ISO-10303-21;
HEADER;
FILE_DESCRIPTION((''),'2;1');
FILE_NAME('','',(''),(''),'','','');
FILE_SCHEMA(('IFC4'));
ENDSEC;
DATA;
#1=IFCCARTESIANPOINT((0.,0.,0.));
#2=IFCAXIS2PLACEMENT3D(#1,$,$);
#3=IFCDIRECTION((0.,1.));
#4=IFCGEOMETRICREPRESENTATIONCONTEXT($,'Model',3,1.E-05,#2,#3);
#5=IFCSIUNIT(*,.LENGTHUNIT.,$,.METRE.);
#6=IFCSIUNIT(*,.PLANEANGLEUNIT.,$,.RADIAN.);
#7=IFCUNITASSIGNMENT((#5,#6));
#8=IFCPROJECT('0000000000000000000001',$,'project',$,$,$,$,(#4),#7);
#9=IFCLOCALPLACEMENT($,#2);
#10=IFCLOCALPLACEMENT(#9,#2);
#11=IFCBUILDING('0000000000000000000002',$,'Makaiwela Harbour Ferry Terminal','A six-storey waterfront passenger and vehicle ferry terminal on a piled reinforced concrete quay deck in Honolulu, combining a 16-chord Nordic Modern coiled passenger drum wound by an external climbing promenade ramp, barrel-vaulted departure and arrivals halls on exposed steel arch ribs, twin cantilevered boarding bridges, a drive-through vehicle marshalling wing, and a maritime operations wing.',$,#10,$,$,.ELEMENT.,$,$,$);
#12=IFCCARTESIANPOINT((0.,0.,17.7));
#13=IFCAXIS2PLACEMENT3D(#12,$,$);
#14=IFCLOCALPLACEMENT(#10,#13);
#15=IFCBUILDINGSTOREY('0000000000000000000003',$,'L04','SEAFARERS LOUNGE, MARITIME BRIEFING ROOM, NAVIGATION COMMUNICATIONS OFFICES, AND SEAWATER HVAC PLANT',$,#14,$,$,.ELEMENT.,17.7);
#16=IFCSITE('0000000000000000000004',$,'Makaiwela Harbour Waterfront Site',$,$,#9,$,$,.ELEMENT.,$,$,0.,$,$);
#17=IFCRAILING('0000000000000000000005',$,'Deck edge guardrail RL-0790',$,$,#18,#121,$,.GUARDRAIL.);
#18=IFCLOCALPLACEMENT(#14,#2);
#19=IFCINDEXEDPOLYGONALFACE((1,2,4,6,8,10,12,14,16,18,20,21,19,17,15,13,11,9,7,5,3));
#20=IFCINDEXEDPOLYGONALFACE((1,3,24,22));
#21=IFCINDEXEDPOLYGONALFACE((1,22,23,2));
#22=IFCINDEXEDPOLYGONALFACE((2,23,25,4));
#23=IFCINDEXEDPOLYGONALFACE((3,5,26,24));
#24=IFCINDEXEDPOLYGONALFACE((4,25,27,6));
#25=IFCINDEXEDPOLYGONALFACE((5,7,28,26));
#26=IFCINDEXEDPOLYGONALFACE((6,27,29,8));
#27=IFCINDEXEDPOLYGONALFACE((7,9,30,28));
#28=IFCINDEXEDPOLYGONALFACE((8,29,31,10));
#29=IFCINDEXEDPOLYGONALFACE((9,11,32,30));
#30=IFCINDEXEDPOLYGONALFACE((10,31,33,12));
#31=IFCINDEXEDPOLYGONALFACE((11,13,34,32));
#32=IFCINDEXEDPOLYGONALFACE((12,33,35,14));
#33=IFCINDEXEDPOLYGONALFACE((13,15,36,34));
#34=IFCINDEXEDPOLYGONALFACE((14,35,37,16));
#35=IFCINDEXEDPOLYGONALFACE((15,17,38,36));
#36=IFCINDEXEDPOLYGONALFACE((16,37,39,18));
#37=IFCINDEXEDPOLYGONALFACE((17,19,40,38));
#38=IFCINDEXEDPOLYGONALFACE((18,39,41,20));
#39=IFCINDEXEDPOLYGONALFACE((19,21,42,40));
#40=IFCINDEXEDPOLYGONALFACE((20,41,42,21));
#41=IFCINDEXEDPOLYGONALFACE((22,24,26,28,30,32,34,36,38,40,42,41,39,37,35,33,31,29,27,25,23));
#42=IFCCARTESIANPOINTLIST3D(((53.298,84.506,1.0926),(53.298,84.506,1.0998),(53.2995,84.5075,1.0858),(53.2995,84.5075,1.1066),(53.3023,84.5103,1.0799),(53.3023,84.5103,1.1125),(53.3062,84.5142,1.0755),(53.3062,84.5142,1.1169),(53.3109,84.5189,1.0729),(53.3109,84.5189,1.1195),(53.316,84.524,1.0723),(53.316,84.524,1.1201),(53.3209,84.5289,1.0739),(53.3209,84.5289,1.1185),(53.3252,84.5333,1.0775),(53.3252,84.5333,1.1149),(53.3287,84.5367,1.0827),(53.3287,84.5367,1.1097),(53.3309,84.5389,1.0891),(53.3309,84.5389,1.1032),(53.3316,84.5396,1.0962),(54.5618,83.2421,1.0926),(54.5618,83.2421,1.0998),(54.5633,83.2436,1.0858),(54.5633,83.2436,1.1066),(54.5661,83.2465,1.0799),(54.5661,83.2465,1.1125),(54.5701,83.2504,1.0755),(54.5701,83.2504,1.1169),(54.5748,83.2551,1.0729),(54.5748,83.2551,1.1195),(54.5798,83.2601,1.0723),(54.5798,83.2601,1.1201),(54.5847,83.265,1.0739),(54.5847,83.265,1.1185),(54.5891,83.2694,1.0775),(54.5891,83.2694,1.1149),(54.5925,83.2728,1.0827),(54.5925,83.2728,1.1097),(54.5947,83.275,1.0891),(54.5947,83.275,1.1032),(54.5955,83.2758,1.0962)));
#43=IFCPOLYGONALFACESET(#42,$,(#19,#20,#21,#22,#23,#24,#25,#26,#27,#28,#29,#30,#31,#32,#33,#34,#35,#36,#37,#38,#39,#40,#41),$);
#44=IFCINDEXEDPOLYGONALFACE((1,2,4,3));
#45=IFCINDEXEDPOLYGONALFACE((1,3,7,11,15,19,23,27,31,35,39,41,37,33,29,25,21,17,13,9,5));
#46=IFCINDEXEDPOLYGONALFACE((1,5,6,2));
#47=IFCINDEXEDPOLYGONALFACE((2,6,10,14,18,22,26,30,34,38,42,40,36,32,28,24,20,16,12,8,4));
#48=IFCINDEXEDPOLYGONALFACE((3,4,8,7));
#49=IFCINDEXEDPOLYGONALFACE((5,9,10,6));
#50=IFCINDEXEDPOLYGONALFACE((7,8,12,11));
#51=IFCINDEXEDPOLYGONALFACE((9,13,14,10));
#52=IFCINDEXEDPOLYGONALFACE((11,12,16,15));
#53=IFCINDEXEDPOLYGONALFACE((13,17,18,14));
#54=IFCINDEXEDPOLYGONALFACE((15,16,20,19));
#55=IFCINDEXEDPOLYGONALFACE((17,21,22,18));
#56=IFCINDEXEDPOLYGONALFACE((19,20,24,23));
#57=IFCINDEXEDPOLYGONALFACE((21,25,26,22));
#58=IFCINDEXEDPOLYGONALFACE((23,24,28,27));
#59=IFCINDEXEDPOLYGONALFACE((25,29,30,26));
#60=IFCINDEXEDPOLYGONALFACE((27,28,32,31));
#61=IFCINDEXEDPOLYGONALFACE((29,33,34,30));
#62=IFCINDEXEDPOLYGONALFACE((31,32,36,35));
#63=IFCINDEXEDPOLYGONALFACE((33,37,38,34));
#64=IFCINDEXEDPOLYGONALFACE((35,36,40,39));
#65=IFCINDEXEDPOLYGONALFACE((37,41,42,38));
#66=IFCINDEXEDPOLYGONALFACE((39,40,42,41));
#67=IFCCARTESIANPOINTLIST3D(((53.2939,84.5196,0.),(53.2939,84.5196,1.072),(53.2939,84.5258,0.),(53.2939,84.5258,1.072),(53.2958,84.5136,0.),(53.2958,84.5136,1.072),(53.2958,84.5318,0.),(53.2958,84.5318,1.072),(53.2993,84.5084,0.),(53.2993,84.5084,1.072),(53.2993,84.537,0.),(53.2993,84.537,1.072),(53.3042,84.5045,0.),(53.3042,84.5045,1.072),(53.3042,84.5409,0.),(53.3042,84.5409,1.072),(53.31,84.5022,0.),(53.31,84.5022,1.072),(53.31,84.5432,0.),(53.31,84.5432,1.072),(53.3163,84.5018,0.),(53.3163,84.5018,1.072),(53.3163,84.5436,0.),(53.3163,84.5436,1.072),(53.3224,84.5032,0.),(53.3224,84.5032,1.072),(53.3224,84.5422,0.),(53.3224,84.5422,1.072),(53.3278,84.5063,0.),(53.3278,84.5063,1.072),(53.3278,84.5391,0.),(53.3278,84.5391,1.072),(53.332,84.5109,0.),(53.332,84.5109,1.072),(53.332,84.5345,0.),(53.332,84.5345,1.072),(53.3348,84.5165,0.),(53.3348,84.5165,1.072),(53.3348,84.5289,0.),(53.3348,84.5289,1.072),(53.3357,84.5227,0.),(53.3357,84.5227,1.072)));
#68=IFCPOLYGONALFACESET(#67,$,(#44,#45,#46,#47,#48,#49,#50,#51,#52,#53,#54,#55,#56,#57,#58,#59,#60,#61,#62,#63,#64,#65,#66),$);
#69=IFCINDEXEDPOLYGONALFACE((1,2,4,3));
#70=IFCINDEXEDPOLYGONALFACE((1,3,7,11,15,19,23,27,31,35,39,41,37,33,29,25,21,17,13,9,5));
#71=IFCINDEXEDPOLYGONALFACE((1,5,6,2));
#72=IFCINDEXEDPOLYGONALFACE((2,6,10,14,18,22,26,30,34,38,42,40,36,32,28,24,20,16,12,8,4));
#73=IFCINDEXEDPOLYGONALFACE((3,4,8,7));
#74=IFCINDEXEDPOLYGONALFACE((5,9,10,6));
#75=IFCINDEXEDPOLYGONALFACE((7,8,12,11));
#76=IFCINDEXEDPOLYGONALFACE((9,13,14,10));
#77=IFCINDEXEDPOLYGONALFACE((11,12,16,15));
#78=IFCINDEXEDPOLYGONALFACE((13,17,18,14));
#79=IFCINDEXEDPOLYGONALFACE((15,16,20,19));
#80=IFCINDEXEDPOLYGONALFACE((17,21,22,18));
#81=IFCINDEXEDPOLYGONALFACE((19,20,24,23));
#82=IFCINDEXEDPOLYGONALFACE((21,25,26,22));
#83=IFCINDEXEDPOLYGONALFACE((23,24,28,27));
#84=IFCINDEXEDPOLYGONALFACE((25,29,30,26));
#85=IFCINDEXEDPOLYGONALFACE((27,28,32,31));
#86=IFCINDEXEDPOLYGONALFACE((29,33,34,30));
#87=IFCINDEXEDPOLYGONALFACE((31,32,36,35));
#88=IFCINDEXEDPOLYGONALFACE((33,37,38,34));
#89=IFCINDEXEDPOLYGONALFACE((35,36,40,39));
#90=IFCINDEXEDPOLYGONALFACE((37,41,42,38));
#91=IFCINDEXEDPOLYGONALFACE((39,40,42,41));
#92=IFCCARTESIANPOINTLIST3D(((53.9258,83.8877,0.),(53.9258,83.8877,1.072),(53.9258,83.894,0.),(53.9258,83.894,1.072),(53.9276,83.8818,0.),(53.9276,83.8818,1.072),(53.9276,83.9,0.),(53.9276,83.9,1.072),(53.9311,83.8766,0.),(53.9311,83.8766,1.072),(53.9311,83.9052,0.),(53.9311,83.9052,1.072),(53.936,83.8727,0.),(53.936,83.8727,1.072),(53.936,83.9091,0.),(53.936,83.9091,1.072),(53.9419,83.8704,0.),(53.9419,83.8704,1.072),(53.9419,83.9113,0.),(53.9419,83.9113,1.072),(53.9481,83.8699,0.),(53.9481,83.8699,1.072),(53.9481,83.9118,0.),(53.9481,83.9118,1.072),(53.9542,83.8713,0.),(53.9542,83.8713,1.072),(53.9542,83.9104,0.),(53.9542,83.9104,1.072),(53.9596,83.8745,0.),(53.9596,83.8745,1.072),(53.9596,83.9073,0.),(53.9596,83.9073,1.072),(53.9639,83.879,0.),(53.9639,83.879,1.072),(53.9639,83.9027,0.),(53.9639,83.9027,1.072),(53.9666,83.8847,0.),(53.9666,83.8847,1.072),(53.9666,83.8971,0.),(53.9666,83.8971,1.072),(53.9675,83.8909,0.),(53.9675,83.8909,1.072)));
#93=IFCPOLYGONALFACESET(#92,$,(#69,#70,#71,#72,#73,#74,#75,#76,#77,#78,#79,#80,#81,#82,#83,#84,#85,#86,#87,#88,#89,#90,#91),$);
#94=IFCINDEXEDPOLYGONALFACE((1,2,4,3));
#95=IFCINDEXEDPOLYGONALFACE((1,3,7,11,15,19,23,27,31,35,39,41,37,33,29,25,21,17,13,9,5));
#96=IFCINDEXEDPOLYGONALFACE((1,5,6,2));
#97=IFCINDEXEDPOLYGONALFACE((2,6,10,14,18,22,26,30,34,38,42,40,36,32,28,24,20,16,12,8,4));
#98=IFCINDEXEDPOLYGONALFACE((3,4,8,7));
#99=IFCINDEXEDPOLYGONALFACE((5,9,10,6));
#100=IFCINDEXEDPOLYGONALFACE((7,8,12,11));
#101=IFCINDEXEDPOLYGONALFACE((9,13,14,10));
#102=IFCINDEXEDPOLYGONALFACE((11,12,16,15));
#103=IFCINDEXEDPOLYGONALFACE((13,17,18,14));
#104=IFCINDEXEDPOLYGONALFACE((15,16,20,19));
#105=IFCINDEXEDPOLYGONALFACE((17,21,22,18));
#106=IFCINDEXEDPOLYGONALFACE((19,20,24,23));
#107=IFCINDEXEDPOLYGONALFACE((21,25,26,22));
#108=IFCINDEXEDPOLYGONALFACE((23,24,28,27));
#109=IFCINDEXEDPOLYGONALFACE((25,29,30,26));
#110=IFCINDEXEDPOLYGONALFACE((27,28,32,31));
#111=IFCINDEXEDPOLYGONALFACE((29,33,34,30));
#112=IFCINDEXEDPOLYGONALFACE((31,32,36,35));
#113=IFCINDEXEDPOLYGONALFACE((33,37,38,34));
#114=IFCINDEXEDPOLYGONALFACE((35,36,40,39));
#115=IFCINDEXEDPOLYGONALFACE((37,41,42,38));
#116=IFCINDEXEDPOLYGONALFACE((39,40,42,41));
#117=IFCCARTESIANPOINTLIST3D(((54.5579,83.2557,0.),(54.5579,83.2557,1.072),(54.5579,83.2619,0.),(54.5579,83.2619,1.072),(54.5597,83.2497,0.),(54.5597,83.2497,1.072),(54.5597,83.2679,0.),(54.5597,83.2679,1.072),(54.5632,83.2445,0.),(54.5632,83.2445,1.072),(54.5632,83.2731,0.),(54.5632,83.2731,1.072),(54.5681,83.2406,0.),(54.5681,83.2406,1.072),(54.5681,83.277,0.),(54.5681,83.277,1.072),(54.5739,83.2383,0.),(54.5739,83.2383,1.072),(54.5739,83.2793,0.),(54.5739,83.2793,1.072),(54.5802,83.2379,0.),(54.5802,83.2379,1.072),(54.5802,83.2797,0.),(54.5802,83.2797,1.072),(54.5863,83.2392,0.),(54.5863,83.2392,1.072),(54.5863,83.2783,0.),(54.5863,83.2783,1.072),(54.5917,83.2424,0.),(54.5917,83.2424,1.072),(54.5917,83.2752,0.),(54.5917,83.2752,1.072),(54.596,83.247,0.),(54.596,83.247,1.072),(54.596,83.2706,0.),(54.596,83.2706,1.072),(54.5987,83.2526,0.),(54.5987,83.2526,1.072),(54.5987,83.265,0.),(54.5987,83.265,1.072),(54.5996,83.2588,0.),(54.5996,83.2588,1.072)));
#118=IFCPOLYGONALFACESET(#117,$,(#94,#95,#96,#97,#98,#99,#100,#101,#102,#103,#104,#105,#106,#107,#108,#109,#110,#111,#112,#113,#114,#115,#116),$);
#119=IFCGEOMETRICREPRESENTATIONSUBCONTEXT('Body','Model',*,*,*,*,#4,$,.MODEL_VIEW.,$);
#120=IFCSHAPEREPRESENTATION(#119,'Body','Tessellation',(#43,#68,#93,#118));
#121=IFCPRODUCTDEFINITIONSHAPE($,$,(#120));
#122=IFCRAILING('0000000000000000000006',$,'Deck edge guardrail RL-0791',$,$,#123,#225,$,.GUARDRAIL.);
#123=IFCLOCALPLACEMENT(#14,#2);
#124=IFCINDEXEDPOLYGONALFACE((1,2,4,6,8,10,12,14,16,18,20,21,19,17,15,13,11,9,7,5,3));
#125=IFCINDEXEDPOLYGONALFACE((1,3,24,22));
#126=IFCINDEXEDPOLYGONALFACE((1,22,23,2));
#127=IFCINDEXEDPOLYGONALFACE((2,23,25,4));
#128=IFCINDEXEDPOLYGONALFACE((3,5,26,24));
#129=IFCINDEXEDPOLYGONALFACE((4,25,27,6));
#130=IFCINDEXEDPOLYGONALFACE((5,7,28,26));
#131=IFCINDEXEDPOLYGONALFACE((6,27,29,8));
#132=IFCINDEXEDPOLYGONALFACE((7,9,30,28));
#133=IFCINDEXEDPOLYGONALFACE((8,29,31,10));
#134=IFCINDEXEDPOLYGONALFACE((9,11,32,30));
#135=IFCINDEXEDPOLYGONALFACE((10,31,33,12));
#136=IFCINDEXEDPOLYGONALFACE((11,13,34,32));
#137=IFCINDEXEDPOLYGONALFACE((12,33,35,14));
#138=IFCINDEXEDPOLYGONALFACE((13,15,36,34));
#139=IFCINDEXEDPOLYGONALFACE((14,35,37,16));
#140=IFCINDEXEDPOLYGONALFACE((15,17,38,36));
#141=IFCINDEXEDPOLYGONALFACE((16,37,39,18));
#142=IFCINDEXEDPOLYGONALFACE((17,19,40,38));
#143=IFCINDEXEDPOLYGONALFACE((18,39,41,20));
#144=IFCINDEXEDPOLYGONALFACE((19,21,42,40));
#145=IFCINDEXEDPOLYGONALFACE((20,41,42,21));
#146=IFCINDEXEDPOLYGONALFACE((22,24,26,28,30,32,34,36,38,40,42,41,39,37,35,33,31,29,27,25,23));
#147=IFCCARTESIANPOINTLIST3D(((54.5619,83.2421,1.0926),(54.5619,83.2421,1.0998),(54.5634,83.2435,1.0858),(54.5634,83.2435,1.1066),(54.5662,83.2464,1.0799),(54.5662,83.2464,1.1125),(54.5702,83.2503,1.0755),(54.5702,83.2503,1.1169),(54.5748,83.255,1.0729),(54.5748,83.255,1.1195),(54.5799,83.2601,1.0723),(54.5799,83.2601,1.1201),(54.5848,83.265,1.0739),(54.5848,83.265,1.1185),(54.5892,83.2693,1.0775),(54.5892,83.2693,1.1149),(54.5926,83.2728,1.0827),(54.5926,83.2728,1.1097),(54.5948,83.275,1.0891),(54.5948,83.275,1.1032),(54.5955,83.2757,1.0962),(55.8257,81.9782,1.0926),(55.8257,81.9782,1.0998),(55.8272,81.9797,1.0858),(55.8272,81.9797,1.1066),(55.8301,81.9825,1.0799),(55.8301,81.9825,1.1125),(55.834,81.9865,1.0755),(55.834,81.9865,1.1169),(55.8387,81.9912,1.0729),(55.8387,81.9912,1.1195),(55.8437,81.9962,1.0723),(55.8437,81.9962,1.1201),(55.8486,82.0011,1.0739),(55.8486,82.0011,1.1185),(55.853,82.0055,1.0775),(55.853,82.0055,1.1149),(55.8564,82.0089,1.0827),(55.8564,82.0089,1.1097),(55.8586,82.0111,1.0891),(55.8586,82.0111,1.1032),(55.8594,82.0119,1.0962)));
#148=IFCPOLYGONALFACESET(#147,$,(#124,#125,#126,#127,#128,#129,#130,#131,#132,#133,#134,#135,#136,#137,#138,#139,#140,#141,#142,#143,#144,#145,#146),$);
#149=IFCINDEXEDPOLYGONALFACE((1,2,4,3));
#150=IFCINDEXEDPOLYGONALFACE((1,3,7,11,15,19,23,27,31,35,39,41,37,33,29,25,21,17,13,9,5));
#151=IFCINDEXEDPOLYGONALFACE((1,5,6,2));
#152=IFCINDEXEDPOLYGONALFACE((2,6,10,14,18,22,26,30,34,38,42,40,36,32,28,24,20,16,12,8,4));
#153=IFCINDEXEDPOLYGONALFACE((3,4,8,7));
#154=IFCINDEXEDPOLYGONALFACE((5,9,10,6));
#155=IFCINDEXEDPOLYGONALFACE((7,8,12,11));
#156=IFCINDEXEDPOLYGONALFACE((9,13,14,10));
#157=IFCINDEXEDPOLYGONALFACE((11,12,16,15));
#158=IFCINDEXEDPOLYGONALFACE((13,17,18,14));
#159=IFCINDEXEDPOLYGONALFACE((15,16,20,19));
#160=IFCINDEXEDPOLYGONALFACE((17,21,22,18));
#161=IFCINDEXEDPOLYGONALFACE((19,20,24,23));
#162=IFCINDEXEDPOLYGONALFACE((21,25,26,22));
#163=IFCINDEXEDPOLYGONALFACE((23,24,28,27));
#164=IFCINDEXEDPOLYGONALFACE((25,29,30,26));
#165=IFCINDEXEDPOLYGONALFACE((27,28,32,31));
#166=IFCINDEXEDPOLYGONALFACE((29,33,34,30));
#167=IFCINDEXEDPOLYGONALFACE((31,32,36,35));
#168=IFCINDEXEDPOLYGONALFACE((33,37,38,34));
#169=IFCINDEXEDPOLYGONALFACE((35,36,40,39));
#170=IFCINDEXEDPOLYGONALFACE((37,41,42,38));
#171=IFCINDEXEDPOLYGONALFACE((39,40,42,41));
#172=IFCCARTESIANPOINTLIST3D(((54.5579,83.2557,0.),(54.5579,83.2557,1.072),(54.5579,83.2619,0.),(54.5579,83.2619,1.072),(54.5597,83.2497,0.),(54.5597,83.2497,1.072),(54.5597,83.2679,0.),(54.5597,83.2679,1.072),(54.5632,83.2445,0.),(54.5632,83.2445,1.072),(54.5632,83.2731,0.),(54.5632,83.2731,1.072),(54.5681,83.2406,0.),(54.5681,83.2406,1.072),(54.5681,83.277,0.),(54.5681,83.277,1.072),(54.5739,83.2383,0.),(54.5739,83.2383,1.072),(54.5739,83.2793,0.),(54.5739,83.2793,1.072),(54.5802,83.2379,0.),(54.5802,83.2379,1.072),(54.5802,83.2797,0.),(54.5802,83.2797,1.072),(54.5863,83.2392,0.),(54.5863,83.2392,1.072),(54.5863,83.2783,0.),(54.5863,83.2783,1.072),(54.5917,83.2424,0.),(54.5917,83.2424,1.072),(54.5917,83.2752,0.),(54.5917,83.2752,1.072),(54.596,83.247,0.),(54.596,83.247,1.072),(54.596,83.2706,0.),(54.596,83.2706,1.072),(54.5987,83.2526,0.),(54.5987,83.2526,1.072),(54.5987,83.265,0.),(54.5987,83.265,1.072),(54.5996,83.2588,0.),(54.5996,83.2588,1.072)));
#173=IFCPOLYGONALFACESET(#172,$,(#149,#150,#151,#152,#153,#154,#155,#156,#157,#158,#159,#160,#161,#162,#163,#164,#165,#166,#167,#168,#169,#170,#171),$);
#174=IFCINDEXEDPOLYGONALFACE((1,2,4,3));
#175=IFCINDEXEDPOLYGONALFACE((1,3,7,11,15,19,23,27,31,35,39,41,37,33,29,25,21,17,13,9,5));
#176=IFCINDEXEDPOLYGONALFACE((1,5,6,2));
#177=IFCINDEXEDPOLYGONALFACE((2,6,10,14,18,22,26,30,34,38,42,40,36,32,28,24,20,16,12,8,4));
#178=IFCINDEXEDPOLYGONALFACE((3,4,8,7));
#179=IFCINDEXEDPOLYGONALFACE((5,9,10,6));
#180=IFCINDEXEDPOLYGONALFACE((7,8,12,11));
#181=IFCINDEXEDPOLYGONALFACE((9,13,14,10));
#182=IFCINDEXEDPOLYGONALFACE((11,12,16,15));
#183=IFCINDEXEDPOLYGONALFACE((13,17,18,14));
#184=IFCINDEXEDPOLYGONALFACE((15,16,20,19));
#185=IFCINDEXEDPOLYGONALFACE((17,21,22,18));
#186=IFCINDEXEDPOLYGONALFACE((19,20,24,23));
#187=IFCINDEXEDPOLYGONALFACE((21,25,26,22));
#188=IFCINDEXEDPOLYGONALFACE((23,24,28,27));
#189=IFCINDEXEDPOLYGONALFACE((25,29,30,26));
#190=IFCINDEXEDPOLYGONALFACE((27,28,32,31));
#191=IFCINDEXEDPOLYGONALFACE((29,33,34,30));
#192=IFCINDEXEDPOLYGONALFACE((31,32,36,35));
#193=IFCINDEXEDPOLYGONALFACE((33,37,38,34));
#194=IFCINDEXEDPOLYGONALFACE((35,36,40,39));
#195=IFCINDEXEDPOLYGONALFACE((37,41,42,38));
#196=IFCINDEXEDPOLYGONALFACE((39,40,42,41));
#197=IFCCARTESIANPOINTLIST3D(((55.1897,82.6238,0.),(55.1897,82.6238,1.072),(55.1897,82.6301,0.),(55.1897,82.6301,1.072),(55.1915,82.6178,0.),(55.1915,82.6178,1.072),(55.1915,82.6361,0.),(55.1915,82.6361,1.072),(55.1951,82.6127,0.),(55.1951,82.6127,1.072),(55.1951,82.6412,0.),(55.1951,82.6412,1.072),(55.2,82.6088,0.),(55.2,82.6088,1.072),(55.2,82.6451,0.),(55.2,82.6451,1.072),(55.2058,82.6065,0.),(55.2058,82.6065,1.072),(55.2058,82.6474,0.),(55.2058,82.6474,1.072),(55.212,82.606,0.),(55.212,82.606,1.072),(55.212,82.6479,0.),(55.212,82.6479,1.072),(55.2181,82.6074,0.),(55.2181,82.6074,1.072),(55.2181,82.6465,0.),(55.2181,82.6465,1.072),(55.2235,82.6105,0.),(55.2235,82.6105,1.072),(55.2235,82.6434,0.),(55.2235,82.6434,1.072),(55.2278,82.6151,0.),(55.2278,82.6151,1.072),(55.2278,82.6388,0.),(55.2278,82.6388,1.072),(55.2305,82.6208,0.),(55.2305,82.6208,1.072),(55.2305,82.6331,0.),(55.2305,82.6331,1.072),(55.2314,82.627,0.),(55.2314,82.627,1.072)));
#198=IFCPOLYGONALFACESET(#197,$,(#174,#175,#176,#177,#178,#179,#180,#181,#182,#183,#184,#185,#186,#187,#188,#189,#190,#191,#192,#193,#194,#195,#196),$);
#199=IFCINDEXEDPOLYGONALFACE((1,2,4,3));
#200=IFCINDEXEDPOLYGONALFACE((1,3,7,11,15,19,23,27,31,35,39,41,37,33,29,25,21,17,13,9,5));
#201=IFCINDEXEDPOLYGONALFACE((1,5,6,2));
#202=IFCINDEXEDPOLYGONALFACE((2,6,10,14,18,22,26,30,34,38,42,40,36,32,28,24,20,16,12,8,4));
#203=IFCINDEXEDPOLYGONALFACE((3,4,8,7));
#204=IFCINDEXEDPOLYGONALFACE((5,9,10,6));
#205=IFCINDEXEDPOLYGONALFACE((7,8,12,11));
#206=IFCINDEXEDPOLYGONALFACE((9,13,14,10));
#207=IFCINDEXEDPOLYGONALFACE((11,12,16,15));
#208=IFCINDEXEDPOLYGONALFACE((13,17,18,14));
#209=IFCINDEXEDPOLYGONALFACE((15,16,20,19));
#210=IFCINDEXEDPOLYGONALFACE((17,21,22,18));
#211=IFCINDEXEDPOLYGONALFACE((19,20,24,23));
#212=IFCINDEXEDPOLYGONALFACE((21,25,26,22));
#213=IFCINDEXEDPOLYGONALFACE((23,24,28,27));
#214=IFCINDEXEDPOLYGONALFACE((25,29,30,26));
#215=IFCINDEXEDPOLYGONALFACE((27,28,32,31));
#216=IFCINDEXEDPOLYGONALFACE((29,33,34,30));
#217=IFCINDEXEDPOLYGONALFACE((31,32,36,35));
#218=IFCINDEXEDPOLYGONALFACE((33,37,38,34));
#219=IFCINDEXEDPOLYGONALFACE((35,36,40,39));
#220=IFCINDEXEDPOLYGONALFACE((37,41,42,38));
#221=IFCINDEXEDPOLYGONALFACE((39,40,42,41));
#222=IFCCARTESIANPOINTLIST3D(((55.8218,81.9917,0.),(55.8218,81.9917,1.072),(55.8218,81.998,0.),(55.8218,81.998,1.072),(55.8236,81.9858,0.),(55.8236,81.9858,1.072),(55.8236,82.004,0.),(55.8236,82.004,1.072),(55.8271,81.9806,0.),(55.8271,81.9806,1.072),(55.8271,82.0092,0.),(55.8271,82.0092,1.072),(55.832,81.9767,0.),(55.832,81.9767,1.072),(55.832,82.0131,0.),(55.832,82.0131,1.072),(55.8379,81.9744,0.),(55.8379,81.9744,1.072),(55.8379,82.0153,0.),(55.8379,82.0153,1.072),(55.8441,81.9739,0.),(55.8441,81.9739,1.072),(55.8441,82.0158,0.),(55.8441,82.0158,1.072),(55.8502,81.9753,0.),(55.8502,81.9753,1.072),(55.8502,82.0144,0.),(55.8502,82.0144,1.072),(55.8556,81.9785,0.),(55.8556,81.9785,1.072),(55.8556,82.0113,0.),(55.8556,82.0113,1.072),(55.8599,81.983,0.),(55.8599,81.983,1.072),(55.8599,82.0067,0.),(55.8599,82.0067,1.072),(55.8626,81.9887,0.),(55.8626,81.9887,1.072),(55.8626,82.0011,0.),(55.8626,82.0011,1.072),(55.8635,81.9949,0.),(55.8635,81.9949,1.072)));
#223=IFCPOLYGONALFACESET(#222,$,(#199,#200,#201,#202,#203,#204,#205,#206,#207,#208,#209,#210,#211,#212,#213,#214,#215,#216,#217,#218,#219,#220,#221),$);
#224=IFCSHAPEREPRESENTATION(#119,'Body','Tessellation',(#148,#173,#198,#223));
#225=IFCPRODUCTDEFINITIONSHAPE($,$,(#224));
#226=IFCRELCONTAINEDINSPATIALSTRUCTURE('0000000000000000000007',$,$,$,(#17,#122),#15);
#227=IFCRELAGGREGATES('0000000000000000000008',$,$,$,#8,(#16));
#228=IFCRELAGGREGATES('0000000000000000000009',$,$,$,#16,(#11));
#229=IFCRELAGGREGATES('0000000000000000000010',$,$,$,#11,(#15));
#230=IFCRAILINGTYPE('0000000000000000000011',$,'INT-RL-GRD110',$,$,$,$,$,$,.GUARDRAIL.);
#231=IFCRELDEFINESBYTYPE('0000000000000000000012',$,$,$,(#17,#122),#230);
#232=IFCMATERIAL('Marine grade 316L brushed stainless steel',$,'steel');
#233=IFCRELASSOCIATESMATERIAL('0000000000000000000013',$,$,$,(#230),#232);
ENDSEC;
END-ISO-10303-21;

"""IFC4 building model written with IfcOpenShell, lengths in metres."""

from ifc_helpers import new_model, si_unit, direction, frame, origin, origin_2d, place, context, subcontext, project, spatial, circle, extrude, material, type_object, element, save


model = new_model("IFC4")

# Units and contexts
model_context = context("Model", 3, precision=1e-05, world=origin(), true_north=direction((0.0, 1.0)))
body_context = subcontext(model_context, "Body", "Model", "MODEL_VIEW")
ifc_project = project(units=[si_unit("LENGTHUNIT", "METRE"), si_unit("PLANEANGLEUNIT", "RADIAN")], contexts=[model_context])

# Site, building, storey
site_placement = place(None, origin())
site = spatial("IfcSite", under=ifc_project, at=site_placement, Name="Makaiwela Harbour Waterfront Site", CompositionType="ELEMENT", RefElevation=0.0)
building_placement = place(site_placement, origin())
building = spatial("IfcBuilding", under=site, at=building_placement, Name="Makaiwela Harbour Ferry Terminal", Description="A six-storey waterfront passenger and vehicle ferry terminal on a piled reinforced concrete quay deck in Honolulu, combining a 16-chord Nordic Modern coiled passenger drum wound by an external climbing promenade ramp, barrel-vaulted departure and arrivals halls on exposed steel arch ribs, twin cantilevered boarding bridges, a drive-through vehicle marshalling wing, and a maritime operations wing.", CompositionType="ELEMENT")
storey_placement = place(building_placement, frame((0.0, 0.0, 17.7)))
storey = spatial("IfcBuildingStorey", under=building, at=storey_placement, Name="L04", Description="SEAFARERS LOUNGE, MARITIME BRIEFING ROOM, NAVIGATION COMMUNICATIONS OFFICES, AND SEAWATER HVAC PLANT", CompositionType="ELEMENT", Elevation=17.7)

# Railings
ifc_material_1 = material(Name="Marine grade 316L brushed stainless steel", Category="steel")
railing_type = type_object("IfcRailingType", Name="INT-RL-GRD110", PredefinedType="GUARDRAIL", material=ifc_material_1)
for number, where, name in (
    (1, (53.3147, 84.5227, 0.0), "Deck edge guardrail RL-0790"),
    (2, (54.5786, 83.2588, 0.0), "Deck edge guardrail RL-0791"),
):
    element("IfcRailing", number, at=place(storey_placement, frame(where)), inside=storey, type_object=railing_type, Name=name, PredefinedType="GUARDRAIL", context=body_context, shape_type="SweptSolid", body=[
        extrude(circle(Radius=0.0239, at=origin_2d()), frame((0.0, 0.0, 1.0962), z_axis=(0.707107, -0.707107, 0.0), x_axis=(0.707107, 0.707107, 0.0)), (0.0, 0.0, 1.0), 1.7874),
        extrude(circle(Radius=0.021, at=origin_2d()), origin(), (0.0, 0.0, 1.0), 1.072),
        extrude(circle(Radius=0.021, at=origin_2d()), frame((0.6318, -0.6318, 0.0)), (0.0, 0.0, 1.0), 1.072),
        extrude(circle(Radius=0.021, at=origin_2d()), frame((1.2639, -1.2639, 0.0)), (0.0, 0.0, 1.0), 1.072),
    ])

save(model, "model.ifc")
